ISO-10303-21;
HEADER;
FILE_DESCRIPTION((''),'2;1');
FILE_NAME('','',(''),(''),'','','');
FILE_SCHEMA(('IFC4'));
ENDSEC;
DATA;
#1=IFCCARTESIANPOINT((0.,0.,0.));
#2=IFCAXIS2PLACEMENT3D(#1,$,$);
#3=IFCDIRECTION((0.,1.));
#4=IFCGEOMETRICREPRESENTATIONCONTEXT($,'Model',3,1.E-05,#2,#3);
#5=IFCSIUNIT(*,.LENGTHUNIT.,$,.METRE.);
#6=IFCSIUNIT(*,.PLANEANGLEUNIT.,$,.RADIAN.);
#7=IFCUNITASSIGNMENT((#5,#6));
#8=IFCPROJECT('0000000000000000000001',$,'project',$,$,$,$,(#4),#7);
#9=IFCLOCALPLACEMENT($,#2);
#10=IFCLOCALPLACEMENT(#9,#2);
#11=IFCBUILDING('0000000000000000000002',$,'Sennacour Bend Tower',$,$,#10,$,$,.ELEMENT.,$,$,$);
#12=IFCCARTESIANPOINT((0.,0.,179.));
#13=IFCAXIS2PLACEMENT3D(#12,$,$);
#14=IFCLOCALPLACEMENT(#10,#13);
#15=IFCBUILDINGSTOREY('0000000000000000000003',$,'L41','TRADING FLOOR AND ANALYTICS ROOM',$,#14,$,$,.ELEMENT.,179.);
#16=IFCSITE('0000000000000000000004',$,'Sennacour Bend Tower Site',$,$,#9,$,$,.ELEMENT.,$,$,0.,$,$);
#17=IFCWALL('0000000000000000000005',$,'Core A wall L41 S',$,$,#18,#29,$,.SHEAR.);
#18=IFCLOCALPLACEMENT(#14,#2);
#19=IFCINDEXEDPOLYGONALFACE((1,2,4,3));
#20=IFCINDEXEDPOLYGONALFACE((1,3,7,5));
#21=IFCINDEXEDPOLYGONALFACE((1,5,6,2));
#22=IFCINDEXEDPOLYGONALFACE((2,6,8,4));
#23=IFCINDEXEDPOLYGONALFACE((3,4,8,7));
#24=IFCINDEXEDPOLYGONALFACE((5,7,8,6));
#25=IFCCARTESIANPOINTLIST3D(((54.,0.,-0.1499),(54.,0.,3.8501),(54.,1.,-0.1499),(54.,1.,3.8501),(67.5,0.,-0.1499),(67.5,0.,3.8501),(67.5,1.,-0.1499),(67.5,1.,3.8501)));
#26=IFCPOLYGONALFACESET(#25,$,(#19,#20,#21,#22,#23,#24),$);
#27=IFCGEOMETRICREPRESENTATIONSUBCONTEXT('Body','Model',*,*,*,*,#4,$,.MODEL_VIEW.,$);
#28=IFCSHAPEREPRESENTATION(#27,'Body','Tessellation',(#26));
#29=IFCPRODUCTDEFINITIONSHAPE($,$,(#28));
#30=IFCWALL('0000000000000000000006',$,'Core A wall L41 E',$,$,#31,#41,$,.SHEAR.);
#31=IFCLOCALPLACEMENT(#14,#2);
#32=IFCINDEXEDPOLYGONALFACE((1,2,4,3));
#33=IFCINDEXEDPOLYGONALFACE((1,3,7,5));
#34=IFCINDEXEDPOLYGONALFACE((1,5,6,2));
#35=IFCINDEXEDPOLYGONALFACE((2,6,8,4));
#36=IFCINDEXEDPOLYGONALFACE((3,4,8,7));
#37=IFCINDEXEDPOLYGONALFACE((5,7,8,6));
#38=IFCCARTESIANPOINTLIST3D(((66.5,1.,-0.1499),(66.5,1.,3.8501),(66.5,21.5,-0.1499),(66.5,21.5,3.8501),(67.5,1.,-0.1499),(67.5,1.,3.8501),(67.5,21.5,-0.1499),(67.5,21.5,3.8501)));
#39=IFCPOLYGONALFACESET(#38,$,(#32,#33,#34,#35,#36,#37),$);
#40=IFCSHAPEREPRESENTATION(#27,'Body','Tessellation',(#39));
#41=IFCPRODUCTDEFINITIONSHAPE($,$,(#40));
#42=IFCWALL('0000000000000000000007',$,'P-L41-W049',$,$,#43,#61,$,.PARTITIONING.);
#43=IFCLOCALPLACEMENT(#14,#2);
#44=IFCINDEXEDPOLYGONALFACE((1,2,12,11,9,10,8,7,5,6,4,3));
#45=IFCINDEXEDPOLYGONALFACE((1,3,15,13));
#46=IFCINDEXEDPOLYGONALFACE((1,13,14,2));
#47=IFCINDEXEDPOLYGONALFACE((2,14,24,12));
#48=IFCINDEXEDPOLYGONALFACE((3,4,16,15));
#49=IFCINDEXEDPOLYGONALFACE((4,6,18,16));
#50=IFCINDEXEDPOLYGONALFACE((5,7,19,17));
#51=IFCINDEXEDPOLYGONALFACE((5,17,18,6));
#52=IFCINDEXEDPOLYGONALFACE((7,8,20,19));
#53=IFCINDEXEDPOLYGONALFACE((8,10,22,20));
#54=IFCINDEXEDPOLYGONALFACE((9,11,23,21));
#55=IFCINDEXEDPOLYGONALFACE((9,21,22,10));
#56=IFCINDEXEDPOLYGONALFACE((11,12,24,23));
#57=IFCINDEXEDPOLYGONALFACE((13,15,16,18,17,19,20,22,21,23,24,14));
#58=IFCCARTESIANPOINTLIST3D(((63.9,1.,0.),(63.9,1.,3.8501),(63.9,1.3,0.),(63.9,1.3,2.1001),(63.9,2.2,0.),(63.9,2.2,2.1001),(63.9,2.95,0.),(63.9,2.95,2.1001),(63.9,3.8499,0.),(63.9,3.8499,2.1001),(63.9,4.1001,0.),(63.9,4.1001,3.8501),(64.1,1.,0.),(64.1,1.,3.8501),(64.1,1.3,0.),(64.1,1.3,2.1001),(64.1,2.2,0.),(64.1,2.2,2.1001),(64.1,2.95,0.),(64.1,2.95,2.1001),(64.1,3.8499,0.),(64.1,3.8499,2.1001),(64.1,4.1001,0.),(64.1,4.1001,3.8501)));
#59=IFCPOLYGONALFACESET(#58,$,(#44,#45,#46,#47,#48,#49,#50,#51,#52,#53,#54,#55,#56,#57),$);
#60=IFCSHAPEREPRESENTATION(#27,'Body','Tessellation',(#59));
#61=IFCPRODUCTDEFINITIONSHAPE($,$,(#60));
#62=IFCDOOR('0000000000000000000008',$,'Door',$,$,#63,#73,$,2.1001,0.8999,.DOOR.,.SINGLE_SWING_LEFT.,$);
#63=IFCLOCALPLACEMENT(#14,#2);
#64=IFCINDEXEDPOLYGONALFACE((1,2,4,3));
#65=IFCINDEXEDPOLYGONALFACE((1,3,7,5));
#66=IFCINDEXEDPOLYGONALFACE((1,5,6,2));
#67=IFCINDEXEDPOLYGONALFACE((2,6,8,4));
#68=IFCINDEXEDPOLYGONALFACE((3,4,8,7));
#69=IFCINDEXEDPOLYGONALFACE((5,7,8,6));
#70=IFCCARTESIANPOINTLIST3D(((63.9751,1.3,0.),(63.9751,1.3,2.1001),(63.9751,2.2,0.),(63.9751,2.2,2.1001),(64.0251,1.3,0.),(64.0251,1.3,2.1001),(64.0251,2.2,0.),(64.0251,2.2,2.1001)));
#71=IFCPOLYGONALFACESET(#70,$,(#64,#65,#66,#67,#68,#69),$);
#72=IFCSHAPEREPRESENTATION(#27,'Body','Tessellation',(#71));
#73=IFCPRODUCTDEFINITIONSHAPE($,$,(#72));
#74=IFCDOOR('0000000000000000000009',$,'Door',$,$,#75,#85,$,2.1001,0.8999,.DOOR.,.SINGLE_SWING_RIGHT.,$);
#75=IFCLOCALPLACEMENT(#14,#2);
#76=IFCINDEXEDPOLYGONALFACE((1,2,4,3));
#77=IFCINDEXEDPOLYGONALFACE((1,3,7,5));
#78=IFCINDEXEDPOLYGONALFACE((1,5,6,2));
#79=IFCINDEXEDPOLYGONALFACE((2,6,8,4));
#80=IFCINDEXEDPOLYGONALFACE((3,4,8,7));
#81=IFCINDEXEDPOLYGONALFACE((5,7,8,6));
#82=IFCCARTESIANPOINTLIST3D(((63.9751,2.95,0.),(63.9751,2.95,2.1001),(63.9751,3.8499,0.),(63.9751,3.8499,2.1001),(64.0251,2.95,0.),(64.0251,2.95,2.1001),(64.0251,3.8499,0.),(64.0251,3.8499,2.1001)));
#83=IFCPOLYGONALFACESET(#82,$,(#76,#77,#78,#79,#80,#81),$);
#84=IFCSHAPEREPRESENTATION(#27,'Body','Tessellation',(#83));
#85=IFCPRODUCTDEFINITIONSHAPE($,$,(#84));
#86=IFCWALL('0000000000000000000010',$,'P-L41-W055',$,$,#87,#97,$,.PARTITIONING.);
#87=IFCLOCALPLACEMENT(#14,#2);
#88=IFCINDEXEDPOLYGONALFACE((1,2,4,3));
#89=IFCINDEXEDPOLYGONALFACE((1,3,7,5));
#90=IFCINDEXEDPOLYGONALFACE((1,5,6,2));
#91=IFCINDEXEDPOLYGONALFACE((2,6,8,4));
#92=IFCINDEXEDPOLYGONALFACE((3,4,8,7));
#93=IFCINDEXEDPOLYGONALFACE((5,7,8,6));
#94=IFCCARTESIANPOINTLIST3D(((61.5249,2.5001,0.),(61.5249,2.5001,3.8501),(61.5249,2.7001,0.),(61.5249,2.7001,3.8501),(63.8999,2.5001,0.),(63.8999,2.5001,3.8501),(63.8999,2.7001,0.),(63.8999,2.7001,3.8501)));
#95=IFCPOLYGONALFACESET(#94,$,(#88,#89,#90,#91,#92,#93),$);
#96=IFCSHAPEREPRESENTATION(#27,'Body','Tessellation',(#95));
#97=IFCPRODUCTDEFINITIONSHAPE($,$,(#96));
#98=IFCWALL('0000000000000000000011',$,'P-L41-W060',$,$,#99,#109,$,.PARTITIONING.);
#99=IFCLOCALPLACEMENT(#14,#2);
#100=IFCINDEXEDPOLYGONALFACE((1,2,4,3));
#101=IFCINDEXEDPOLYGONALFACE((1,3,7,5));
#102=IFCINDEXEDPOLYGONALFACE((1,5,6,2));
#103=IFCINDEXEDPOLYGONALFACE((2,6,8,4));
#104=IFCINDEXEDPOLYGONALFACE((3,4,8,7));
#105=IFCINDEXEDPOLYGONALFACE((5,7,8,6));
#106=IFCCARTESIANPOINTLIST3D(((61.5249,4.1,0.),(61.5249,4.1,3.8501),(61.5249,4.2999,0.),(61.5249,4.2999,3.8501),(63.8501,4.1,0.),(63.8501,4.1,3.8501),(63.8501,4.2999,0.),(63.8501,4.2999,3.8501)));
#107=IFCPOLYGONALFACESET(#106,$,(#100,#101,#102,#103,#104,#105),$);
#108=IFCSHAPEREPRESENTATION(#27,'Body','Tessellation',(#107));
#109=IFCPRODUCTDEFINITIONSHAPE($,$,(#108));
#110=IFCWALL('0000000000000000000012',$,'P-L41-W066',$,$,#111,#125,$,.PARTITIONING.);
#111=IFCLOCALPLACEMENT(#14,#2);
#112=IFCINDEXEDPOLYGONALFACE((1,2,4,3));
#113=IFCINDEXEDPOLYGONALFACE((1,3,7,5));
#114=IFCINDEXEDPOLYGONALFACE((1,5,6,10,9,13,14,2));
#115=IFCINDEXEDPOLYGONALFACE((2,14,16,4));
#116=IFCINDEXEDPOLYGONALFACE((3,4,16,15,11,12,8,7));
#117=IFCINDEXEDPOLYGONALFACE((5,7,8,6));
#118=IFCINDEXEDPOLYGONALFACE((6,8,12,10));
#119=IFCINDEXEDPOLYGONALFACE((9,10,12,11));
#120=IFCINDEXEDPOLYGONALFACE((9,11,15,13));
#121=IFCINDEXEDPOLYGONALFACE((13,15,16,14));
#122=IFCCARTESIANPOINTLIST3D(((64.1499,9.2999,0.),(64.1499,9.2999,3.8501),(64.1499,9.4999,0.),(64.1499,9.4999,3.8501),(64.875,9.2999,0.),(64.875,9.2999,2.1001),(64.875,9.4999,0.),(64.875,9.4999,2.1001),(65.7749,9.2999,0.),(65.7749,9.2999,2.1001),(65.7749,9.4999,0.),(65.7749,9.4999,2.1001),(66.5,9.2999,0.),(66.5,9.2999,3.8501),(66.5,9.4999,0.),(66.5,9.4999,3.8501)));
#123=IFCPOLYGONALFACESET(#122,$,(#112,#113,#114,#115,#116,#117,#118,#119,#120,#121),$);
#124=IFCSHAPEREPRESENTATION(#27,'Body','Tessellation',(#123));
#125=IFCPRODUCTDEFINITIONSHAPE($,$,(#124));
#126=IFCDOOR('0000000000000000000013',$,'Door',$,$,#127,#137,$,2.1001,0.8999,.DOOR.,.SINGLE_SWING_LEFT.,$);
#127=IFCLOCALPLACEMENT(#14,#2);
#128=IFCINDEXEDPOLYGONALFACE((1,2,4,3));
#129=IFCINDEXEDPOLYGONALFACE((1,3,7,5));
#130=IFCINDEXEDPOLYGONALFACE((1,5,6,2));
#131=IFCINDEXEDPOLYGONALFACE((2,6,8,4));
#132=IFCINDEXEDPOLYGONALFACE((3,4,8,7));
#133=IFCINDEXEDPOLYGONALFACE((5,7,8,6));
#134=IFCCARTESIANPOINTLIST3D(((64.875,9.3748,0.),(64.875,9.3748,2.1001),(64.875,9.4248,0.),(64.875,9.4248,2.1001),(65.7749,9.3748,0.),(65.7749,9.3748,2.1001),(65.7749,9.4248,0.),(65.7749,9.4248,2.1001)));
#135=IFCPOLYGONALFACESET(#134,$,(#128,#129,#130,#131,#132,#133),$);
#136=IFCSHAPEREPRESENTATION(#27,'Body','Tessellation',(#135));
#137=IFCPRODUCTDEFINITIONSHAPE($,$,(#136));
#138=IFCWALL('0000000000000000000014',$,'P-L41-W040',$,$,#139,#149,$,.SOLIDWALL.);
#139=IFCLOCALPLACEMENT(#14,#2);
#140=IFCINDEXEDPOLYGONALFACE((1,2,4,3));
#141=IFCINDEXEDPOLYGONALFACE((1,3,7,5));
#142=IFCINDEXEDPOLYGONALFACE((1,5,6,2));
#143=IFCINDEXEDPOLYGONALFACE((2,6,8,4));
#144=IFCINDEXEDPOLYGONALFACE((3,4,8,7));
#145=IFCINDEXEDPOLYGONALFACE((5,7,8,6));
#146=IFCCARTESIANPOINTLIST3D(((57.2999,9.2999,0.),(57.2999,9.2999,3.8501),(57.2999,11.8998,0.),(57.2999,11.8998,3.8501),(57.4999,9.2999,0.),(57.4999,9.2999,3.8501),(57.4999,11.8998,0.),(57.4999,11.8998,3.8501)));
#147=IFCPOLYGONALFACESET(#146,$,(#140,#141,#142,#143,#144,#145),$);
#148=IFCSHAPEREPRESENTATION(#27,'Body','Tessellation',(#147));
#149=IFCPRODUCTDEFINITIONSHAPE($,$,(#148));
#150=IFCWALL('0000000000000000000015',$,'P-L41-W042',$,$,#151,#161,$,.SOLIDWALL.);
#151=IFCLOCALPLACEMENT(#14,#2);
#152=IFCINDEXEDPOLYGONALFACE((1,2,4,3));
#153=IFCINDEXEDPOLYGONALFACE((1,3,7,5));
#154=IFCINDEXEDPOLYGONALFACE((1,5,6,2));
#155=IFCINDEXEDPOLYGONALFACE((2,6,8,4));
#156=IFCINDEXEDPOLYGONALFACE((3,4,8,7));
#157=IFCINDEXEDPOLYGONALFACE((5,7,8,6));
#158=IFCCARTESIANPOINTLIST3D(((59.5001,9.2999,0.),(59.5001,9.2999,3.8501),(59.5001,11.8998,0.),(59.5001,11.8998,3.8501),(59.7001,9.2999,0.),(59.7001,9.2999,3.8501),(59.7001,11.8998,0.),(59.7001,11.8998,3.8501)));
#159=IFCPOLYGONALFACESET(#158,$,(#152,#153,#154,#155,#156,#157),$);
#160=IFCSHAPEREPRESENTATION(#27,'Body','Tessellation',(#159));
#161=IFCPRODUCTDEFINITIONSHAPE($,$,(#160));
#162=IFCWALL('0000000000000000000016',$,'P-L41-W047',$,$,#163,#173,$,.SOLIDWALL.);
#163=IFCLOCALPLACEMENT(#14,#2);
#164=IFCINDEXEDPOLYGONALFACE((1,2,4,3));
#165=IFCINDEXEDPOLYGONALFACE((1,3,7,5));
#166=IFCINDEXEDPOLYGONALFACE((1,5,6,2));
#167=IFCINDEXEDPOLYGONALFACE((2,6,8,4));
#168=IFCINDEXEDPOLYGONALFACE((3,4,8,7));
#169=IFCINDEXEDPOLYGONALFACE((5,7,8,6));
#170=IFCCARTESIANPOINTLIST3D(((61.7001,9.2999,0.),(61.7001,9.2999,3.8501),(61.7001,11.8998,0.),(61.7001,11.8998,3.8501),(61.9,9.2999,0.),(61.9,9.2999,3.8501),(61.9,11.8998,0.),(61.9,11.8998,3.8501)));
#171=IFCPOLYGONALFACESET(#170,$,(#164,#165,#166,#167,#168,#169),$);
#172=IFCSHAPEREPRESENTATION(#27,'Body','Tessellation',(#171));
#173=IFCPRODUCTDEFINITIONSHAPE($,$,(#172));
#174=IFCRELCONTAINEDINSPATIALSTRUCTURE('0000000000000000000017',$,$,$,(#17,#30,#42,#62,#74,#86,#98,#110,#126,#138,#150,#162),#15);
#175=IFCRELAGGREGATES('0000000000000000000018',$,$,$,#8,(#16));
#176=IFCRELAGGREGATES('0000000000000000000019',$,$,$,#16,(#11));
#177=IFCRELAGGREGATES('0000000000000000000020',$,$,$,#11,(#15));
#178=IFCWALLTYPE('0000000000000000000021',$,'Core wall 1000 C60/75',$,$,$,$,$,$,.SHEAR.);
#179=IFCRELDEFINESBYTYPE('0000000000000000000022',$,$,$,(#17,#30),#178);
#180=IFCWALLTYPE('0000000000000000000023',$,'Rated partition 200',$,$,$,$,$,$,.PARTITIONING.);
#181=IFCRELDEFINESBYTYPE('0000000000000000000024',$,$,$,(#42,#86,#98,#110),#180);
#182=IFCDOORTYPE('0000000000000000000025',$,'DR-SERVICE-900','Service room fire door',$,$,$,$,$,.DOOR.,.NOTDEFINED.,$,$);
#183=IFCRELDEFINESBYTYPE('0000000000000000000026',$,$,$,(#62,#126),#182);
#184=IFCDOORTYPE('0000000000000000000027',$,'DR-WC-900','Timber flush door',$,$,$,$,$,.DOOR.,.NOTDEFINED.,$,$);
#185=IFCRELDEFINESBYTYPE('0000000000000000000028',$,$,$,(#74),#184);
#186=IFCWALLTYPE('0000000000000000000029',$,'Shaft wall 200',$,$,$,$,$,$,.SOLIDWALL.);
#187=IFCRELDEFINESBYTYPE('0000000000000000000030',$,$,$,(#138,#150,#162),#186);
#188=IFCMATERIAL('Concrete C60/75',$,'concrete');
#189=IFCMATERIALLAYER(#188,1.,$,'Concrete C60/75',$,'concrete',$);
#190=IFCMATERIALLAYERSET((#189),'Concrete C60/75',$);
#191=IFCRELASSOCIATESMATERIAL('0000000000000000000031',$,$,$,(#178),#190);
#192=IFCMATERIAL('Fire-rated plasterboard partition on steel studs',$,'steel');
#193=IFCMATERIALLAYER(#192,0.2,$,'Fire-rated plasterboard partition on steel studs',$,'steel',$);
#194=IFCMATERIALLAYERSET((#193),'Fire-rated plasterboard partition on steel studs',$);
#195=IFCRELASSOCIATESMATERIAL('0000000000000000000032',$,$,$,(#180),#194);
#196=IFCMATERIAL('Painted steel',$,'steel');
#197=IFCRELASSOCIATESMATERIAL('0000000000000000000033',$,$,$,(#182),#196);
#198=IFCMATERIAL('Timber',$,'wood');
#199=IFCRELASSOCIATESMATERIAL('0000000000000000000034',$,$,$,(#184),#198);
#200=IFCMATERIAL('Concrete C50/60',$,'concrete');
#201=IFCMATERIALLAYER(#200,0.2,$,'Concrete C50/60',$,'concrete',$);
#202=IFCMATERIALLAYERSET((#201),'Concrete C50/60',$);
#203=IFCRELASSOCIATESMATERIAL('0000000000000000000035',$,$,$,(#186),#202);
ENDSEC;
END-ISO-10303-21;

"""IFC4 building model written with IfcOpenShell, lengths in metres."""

from ifc_helpers import new_model, si_unit, direction, frame, frame_2d, origin, place, context, subcontext, project, spatial, rectangle, extrude, material, layer, layer_set, type_object, element, fill, save


model = new_model("IFC4")

# Units and contexts
model_context = context("Model", 3, precision=1e-05, world=origin(), true_north=direction((0.0, 1.0)))
body_context = subcontext(model_context, "Body", "Model", "MODEL_VIEW")
ifc_project = project(units=[si_unit("LENGTHUNIT", "METRE"), si_unit("PLANEANGLEUNIT", "RADIAN")], contexts=[model_context])

# Site, building, storey
site_placement = place(None, origin())
site = spatial("IfcSite", under=ifc_project, at=site_placement, Name="Sennacour Bend Tower Site", CompositionType="ELEMENT", RefElevation=0.0)
building_placement = place(site_placement, origin())
building = spatial("IfcBuilding", under=site, at=building_placement, Name="Sennacour Bend Tower", CompositionType="ELEMENT")
storey_placement = place(building_placement, frame((0.0, 0.0, 179.0)))
storey = spatial("IfcBuildingStorey", under=building, at=storey_placement, Name="L41", Description="TRADING FLOOR AND ANALYTICS ROOM", CompositionType="ELEMENT", Elevation=179.0)

# Walls
ifc_material_1 = material(Name="Concrete C60/75", Category="concrete")
ifc_layer_1 = layer(ifc_material_1, 1.0, Name="Concrete C60/75", Category="concrete")
ifc_layer_set_1 = layer_set([ifc_layer_1], Name="Concrete C60/75")
wall_type_1 = type_object("IfcWallType", Name="Core wall 1000 C60/75", PredefinedType="SHEAR", material=ifc_layer_set_1)
wall_1_placement = place(storey_placement, frame((67.5, 0.5, -0.1499), z_axis=(0.0, 0.0, 1.0), x_axis=(-1.0, 0.0, 0.0)))
element("IfcWall", 1, at=wall_1_placement, inside=storey, type_object=wall_type_1, Name="Core A wall L41 S", PredefinedType="SHEAR", context=body_context, shape_type="SweptSolid", body=[
    extrude(rectangle(XDim=13.5, YDim=1.0, at=frame_2d((6.75, 0.0))), origin(), (0.0, 0.0, 1.0), 4.0),
])
wall_2_placement = place(storey_placement, frame((67.0, 1.0, -0.1499), z_axis=(0.0, 0.0, 1.0), x_axis=(0.0, 1.0, 0.0)))
element("IfcWall", 2, at=wall_2_placement, inside=storey, type_object=wall_type_1, Name="Core A wall L41 E", PredefinedType="SHEAR", context=body_context, shape_type="SweptSolid", body=[
    extrude(rectangle(XDim=20.5, YDim=1.0, at=frame_2d((10.25, 0.0))), origin(), (0.0, 0.0, 1.0), 4.0),
])

# Wall, openings, doors
ifc_material_2 = material(Name="Fire-rated plasterboard partition on steel studs", Category="steel")
ifc_layer_2 = layer(ifc_material_2, 0.2, Name="Fire-rated plasterboard partition on steel studs", Category="steel")
ifc_layer_set_2 = layer_set([ifc_layer_2], Name="Fire-rated plasterboard partition on steel studs")
wall_type_2 = type_object("IfcWallType", Name="Rated partition 200", PredefinedType="PARTITIONING", material=ifc_layer_set_2)
wall_3_placement = place(storey_placement, frame((64.0, 1.0, 0.0), z_axis=(0.0, 0.0, 1.0), x_axis=(0.0, 1.0, 0.0)))
wall_3 = element("IfcWall", 3, at=wall_3_placement, inside=storey, type_object=wall_type_2, Name="P-L41-W049", PredefinedType="PARTITIONING", context=body_context, shape_type="SweptSolid", body=[
    extrude(rectangle(XDim=3.1001, YDim=0.2, at=frame_2d((1.55, 0.0))), origin(), (0.0, 0.0, 1.0), 3.8501),
])
opening_1_placement = place(wall_3_placement, frame((0.3, 0.0, 0.0)))
opening_1 = element("IfcOpeningElement", 4, at=opening_1_placement, cuts=wall_3, PredefinedType="OPENING", context=body_context, shape_type="SweptSolid", body=[
    extrude(rectangle(XDim=0.8999, YDim=2.1001, at=frame_2d((0.45, 1.05))), frame((0.0, 0.1099, 0.0), z_axis=(0.0, -1.0, 0.0), x_axis=(1.0, 0.0, 0.0)), (0.0, 0.0, 1.0), 0.22),
])
opening_2_placement = place(wall_3_placement, frame((1.95, 0.0, 0.0)))
opening_2 = element("IfcOpeningElement", 5, at=opening_2_placement, cuts=wall_3, PredefinedType="OPENING", context=body_context, shape_type="SweptSolid", body=[
    extrude(rectangle(XDim=0.8999, YDim=2.1001, at=frame_2d((0.45, 1.05))), frame((0.0, 0.1099, 0.0), z_axis=(0.0, -1.0, 0.0), x_axis=(1.0, 0.0, 0.0)), (0.0, 0.0, 1.0), 0.22),
])
ifc_material_3 = material(Name="Painted steel", Category="steel")
door_type_1 = type_object("IfcDoorType", Name="DR-SERVICE-900", Description="Service room fire door", OperationType="NOTDEFINED", PredefinedType="DOOR", material=ifc_material_3)
door_1_placement = place(opening_1_placement, origin())
door_1 = element("IfcDoor", 6, at=door_1_placement, inside=storey, type_object=door_type_1, Name="Door", OperationType="SINGLE_SWING_LEFT", OverallHeight=2.1001, OverallWidth=0.8999, PredefinedType="DOOR", context=body_context, shape_type="SweptSolid", body=[
    extrude(rectangle(XDim=0.8999, YDim=2.1001, at=frame_2d((0.45, 1.05))), frame((0.0, 0.0249, 0.0), z_axis=(0.0, -1.0, 0.0), x_axis=(1.0, 0.0, 0.0)), (0.0, 0.0, 1.0), 0.05),
])
fill(opening_1, door_1)
ifc_material_4 = material(Name="Timber", Category="wood")
door_type_2 = type_object("IfcDoorType", Name="DR-WC-900", Description="Timber flush door", OperationType="NOTDEFINED", PredefinedType="DOOR", material=ifc_material_4)
door_2_placement = place(opening_2_placement, origin())
door_2 = element("IfcDoor", 7, at=door_2_placement, inside=storey, type_object=door_type_2, Name="Door", OperationType="SINGLE_SWING_RIGHT", OverallHeight=2.1001, OverallWidth=0.8999, PredefinedType="DOOR", context=body_context, shape_type="SweptSolid", body=[
    extrude(rectangle(XDim=0.8999, YDim=2.1001, at=frame_2d((0.45, 1.05))), frame((0.0, 0.0249, 0.0), z_axis=(0.0, -1.0, 0.0), x_axis=(1.0, 0.0, 0.0)), (0.0, 0.0, 1.0), 0.05),
])
fill(opening_2, door_2)

# Walls
wall_4_placement = place(storey_placement, frame((61.5249, 2.6001, 0.0), z_axis=(0.0, 0.0, 1.0), x_axis=(1.0, 0.0, 0.0)))
element("IfcWall", 8, at=wall_4_placement, inside=storey, type_object=wall_type_2, Name="P-L41-W055", PredefinedType="PARTITIONING", context=body_context, shape_type="SweptSolid", body=[
    extrude(rectangle(XDim=2.375, YDim=0.2, at=frame_2d((1.1875, 0.0))), origin(), (0.0, 0.0, 1.0), 3.8501),
])
wall_5_placement = place(storey_placement, frame((61.5249, 4.2, 0.0), z_axis=(0.0, 0.0, 1.0), x_axis=(1.0, 0.0, 0.0)))
element("IfcWall", 9, at=wall_5_placement, inside=storey, type_object=wall_type_2, Name="P-L41-W060", PredefinedType="PARTITIONING", context=body_context, shape_type="SweptSolid", body=[
    extrude(rectangle(XDim=2.3252, YDim=0.2, at=frame_2d((1.1626, 0.0))), origin(), (0.0, 0.0, 1.0), 3.8501),
])

# Wall, opening, door
wall_6_placement = place(storey_placement, frame((64.1499, 9.3999, 0.0), z_axis=(0.0, 0.0, 1.0), x_axis=(1.0, 0.0, 0.0)))
wall_6 = element("IfcWall", 10, at=wall_6_placement, inside=storey, type_object=wall_type_2, Name="P-L41-W066", PredefinedType="PARTITIONING", context=body_context, shape_type="SweptSolid", body=[
    extrude(rectangle(XDim=2.3501, YDim=0.2, at=frame_2d((1.175, 0.0))), origin(), (0.0, 0.0, 1.0), 3.8501),
])
opening_3_placement = place(wall_6_placement, frame((0.7251, 0.0, 0.0)))
opening_3 = element("IfcOpeningElement", 11, at=opening_3_placement, cuts=wall_6, PredefinedType="OPENING", context=body_context, shape_type="SweptSolid", body=[
    extrude(rectangle(XDim=0.8999, YDim=2.1001, at=frame_2d((0.45, 1.05))), frame((0.0, 0.1099, 0.0), z_axis=(0.0, -1.0, 0.0), x_axis=(1.0, 0.0, 0.0)), (0.0, 0.0, 1.0), 0.22),
])
door_3_placement = place(opening_3_placement, origin())
door_3 = element("IfcDoor", 12, at=door_3_placement, inside=storey, type_object=door_type_1, Name="Door", OperationType="SINGLE_SWING_LEFT", OverallHeight=2.1001, OverallWidth=0.8999, PredefinedType="DOOR", context=body_context, shape_type="SweptSolid", body=[
    extrude(rectangle(XDim=0.8999, YDim=2.1001, at=frame_2d((0.45, 1.05))), frame((0.0, 0.0249, 0.0), z_axis=(0.0, -1.0, 0.0), x_axis=(1.0, 0.0, 0.0)), (0.0, 0.0, 1.0), 0.05),
])
fill(opening_3, door_3)

# Walls
ifc_material_5 = material(Name="Concrete C50/60", Category="concrete")
ifc_layer_3 = layer(ifc_material_5, 0.2, Name="Concrete C50/60", Category="concrete")
ifc_layer_set_3 = layer_set([ifc_layer_3], Name="Concrete C50/60")
wall_type_3 = type_object("IfcWallType", Name="Shaft wall 200", PredefinedType="SOLIDWALL", material=ifc_layer_set_3)
for number, where, z_axis, x_axis, name in (
    (13, (57.3999, 9.3, 0.0), (0.0, 0.0, 1.0), (0.0, 1.0, 0.0), "P-L41-W040"),
    (14, (59.6001, 9.3, 0.0), (0.0, 0.0, 1.0), (0.0, 1.0, 0.0), "P-L41-W042"),
    (15, (61.8, 9.3, 0.0), (0.0, 0.0, 1.0), (0.0, 1.0, 0.0), "P-L41-W047"),
):
    element("IfcWall", number, at=place(storey_placement, frame(where, z_axis=z_axis, x_axis=x_axis)), inside=storey, type_object=wall_type_3, Name=name, PredefinedType="SOLIDWALL", context=body_context, shape_type="SweptSolid", body=[
        extrude(rectangle(XDim=2.5999, YDim=0.2, at=frame_2d((1.2998, 0.0))), origin(), (0.0, 0.0, 1.0), 3.8501),
    ])

save(model, "model.ifc")
